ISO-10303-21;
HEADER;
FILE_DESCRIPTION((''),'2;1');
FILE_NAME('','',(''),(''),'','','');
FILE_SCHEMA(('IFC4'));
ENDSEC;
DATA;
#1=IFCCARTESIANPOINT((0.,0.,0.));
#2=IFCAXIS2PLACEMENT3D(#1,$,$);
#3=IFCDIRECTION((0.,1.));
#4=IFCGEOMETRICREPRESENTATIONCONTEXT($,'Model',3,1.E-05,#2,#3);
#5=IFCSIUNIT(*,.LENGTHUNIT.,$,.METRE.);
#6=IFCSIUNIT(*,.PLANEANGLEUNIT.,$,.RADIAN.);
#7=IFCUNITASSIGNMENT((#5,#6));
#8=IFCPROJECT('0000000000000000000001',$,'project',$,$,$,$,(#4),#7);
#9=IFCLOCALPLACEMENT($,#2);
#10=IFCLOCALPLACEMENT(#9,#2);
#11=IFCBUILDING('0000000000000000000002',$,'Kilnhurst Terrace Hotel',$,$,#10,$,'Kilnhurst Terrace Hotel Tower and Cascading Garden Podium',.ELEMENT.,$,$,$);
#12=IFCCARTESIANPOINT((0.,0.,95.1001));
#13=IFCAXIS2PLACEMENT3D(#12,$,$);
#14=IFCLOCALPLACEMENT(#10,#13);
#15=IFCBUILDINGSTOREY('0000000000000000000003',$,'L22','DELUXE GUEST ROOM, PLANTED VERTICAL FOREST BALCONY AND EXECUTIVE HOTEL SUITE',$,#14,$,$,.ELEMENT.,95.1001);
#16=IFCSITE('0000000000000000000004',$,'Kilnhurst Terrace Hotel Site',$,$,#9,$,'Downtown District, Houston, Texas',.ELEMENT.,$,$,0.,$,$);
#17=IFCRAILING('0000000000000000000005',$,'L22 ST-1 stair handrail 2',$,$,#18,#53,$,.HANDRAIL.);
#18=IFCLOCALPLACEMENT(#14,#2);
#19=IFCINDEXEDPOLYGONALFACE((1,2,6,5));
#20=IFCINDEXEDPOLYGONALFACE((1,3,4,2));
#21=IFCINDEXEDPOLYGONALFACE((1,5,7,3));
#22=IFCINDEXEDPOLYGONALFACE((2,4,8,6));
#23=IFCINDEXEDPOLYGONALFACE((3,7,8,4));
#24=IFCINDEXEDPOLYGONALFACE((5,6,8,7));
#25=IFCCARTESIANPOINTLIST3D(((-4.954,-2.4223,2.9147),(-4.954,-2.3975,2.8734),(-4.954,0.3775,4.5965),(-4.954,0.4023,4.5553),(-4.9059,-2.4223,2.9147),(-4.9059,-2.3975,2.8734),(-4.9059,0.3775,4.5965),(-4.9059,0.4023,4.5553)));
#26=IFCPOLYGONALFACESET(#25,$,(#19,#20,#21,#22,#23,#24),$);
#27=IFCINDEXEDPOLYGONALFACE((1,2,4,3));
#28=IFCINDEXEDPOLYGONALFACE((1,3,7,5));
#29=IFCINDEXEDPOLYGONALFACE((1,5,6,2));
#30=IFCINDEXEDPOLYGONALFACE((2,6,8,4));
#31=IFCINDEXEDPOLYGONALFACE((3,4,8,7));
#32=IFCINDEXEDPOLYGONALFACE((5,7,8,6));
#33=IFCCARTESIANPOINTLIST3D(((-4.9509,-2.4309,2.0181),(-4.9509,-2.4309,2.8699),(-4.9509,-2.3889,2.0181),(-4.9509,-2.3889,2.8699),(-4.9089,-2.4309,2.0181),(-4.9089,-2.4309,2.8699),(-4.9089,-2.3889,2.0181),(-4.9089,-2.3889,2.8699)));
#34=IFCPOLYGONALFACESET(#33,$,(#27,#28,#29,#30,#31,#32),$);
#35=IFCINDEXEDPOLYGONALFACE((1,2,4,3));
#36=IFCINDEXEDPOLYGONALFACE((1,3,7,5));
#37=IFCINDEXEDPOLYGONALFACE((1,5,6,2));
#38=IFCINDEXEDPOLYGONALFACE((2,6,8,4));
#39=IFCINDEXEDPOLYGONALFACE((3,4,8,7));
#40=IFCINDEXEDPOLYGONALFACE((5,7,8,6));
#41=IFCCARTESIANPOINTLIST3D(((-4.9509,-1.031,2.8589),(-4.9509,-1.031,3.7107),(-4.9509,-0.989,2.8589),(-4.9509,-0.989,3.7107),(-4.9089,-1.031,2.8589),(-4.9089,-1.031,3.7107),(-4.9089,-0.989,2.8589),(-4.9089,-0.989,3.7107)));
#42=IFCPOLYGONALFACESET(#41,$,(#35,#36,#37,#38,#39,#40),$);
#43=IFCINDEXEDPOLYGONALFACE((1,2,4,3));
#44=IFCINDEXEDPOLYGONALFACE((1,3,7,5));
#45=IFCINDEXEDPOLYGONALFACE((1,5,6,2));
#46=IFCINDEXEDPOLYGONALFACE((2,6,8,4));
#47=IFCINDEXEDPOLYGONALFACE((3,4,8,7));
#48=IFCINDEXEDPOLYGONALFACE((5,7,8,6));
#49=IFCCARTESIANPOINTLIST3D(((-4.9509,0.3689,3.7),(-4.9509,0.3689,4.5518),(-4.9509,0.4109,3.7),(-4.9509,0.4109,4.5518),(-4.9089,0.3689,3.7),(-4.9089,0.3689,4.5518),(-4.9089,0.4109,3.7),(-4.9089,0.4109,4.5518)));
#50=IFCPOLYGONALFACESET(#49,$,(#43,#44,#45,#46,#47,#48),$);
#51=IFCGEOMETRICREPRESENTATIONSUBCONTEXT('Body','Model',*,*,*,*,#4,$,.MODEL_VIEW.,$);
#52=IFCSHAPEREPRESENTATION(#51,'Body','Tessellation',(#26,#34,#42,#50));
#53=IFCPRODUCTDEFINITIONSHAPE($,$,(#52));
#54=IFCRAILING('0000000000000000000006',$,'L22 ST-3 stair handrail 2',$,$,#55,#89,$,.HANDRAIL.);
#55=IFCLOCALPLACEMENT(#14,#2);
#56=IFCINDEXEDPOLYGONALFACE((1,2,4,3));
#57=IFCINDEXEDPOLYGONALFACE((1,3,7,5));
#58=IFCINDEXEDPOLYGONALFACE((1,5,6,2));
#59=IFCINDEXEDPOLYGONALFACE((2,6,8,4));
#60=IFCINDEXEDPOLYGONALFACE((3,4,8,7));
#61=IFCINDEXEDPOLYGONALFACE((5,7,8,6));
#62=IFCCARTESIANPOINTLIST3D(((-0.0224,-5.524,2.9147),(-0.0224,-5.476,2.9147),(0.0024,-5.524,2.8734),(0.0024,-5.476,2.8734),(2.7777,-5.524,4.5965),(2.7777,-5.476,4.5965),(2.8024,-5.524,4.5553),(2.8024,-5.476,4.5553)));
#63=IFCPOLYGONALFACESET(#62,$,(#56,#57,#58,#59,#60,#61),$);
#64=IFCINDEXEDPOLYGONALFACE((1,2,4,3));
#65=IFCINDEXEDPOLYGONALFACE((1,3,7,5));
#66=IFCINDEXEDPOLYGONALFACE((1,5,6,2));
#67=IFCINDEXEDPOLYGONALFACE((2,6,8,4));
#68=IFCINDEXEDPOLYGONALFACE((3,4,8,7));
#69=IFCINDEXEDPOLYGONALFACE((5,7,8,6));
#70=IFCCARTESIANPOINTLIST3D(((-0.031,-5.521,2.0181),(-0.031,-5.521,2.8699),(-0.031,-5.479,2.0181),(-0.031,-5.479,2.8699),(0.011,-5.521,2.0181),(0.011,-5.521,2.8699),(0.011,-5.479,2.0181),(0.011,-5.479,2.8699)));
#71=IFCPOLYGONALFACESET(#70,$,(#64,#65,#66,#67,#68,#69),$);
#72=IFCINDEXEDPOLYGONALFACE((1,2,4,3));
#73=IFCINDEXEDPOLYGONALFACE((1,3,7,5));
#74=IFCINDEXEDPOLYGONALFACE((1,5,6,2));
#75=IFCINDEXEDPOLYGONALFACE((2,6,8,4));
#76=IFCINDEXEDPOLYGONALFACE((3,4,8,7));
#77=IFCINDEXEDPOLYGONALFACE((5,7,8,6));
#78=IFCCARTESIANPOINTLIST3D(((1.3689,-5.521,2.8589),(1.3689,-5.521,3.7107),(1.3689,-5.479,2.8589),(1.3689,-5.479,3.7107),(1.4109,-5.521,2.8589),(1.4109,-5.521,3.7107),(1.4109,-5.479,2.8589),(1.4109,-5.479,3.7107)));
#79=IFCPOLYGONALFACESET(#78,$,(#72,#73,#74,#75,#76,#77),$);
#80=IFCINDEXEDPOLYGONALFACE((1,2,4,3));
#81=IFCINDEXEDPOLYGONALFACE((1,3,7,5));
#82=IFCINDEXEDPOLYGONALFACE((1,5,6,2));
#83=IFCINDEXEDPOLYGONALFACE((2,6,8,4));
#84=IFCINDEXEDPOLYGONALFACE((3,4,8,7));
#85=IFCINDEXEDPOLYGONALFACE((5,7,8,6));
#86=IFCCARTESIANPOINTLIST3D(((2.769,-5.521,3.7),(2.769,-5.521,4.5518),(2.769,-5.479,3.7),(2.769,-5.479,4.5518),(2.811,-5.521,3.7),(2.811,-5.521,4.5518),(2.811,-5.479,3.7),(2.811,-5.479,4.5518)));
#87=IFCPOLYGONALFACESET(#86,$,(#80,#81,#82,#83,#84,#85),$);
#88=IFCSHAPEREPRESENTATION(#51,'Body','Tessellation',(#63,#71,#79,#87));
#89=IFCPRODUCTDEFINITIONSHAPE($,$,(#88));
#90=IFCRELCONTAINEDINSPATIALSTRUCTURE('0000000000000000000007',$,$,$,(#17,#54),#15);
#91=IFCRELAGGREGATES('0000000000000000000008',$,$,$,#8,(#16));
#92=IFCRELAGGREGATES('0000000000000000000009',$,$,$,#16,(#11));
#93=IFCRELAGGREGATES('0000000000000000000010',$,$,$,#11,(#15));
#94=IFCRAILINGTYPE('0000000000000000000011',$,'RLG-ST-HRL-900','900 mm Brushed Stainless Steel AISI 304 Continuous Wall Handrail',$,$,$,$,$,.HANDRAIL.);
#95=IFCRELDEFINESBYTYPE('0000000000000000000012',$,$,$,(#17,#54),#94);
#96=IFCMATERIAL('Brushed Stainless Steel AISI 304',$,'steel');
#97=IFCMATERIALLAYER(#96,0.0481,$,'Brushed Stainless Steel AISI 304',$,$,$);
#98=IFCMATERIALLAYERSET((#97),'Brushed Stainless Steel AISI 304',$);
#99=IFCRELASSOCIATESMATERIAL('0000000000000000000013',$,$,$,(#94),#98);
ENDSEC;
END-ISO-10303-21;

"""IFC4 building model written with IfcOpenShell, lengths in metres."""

from ifc_helpers import new_model, si_unit, direction, frame, origin, origin_2d, place, context, subcontext, project, spatial, rectangle, extrude, material, layer, layer_set, type_object, element, save


model = new_model("IFC4")

# Units and contexts
model_context = context("Model", 3, precision=1e-05, world=origin(), true_north=direction((0.0, 1.0)))
body_context = subcontext(model_context, "Body", "Model", "MODEL_VIEW")
ifc_project = project(units=[si_unit("LENGTHUNIT", "METRE"), si_unit("PLANEANGLEUNIT", "RADIAN")], contexts=[model_context])

# Site, building, storey
site_placement = place(None, origin())
site = spatial("IfcSite", under=ifc_project, at=site_placement, Name="Kilnhurst Terrace Hotel Site", LongName="Downtown District, Houston, Texas", CompositionType="ELEMENT", RefElevation=0.0)
building_placement = place(site_placement, origin())
building = spatial("IfcBuilding", under=site, at=building_placement, Name="Kilnhurst Terrace Hotel", LongName="Kilnhurst Terrace Hotel Tower and Cascading Garden Podium", CompositionType="ELEMENT")
storey_placement = place(building_placement, frame((0.0, 0.0, 95.1001)))
storey = spatial("IfcBuildingStorey", under=building, at=storey_placement, Name="L22", Description="DELUXE GUEST ROOM, PLANTED VERTICAL FOREST BALCONY AND EXECUTIVE HOTEL SUITE", CompositionType="ELEMENT", Elevation=95.1001)

# Railings
ifc_material_1 = material(Name="Brushed Stainless Steel AISI 304", Category="steel")
ifc_layer_1 = layer(ifc_material_1, 0.0481, Name="Brushed Stainless Steel AISI 304")
ifc_layer_set_1 = layer_set([ifc_layer_1], Name="Brushed Stainless Steel AISI 304")
railing_type_1 = type_object("IfcRailingType", Name="RLG-ST-HRL-900", Description="900 mm Brushed Stainless Steel AISI 304 Continuous Wall Handrail", PredefinedType="HANDRAIL", material=ifc_layer_set_1)
railing_1_placement = place(storey_placement, frame((-4.9299, -2.4099, 2.0181)))
element("IfcRailing", 1, at=railing_1_placement, inside=storey, type_object=railing_type_1, Name="L22 ST-1 stair handrail 2", PredefinedType="HANDRAIL", context=body_context, shape_type="SweptSolid", body=[
    extrude(rectangle(XDim=0.0481, YDim=0.0481, at=origin_2d()), frame((0.0, 0.0, 0.876), z_axis=(0.0, 0.857222, 0.514946), x_axis=(-1.0, 0.0, 0.0)), (0.0, 0.0, 1.0), 3.2661),
    extrude(rectangle(XDim=0.042, YDim=0.042, at=origin_2d()), origin(), (0.0, 0.0, 1.0), 0.8518),
    extrude(rectangle(XDim=0.042, YDim=0.042, at=origin_2d()), frame((0.0, 1.3999, 0.8408)), (0.0, 0.0, 1.0), 0.8518),
    extrude(rectangle(XDim=0.042, YDim=0.042, at=origin_2d()), frame((0.0, 2.7998, 1.6819)), (0.0, 0.0, 1.0), 0.8518),
])
railing_2_placement = place(storey_placement, frame((-0.01, -5.5, 2.0181)))
element("IfcRailing", 2, at=railing_2_placement, inside=storey, type_object=railing_type_1, Name="L22 ST-3 stair handrail 2", PredefinedType="HANDRAIL", context=body_context, shape_type="SweptSolid", body=[
    extrude(rectangle(XDim=0.0481, YDim=0.0481, at=origin_2d()), frame((0.0, 0.0, 0.876), z_axis=(0.857242, 0.0, 0.514913), x_axis=(0.0, 1.0, 0.0)), (0.0, 0.0, 1.0), 3.2664),
    extrude(rectangle(XDim=0.042, YDim=0.042, at=origin_2d()), origin(), (0.0, 0.0, 1.0), 0.8518),
    extrude(rectangle(XDim=0.042, YDim=0.042, at=origin_2d()), frame((1.3999, 0.0, 0.8408)), (0.0, 0.0, 1.0), 0.8518),
    extrude(rectangle(XDim=0.042, YDim=0.042, at=origin_2d()), frame((2.8, 0.0, 1.6819)), (0.0, 0.0, 1.0), 0.8518),
])

save(model, "model.ifc")
